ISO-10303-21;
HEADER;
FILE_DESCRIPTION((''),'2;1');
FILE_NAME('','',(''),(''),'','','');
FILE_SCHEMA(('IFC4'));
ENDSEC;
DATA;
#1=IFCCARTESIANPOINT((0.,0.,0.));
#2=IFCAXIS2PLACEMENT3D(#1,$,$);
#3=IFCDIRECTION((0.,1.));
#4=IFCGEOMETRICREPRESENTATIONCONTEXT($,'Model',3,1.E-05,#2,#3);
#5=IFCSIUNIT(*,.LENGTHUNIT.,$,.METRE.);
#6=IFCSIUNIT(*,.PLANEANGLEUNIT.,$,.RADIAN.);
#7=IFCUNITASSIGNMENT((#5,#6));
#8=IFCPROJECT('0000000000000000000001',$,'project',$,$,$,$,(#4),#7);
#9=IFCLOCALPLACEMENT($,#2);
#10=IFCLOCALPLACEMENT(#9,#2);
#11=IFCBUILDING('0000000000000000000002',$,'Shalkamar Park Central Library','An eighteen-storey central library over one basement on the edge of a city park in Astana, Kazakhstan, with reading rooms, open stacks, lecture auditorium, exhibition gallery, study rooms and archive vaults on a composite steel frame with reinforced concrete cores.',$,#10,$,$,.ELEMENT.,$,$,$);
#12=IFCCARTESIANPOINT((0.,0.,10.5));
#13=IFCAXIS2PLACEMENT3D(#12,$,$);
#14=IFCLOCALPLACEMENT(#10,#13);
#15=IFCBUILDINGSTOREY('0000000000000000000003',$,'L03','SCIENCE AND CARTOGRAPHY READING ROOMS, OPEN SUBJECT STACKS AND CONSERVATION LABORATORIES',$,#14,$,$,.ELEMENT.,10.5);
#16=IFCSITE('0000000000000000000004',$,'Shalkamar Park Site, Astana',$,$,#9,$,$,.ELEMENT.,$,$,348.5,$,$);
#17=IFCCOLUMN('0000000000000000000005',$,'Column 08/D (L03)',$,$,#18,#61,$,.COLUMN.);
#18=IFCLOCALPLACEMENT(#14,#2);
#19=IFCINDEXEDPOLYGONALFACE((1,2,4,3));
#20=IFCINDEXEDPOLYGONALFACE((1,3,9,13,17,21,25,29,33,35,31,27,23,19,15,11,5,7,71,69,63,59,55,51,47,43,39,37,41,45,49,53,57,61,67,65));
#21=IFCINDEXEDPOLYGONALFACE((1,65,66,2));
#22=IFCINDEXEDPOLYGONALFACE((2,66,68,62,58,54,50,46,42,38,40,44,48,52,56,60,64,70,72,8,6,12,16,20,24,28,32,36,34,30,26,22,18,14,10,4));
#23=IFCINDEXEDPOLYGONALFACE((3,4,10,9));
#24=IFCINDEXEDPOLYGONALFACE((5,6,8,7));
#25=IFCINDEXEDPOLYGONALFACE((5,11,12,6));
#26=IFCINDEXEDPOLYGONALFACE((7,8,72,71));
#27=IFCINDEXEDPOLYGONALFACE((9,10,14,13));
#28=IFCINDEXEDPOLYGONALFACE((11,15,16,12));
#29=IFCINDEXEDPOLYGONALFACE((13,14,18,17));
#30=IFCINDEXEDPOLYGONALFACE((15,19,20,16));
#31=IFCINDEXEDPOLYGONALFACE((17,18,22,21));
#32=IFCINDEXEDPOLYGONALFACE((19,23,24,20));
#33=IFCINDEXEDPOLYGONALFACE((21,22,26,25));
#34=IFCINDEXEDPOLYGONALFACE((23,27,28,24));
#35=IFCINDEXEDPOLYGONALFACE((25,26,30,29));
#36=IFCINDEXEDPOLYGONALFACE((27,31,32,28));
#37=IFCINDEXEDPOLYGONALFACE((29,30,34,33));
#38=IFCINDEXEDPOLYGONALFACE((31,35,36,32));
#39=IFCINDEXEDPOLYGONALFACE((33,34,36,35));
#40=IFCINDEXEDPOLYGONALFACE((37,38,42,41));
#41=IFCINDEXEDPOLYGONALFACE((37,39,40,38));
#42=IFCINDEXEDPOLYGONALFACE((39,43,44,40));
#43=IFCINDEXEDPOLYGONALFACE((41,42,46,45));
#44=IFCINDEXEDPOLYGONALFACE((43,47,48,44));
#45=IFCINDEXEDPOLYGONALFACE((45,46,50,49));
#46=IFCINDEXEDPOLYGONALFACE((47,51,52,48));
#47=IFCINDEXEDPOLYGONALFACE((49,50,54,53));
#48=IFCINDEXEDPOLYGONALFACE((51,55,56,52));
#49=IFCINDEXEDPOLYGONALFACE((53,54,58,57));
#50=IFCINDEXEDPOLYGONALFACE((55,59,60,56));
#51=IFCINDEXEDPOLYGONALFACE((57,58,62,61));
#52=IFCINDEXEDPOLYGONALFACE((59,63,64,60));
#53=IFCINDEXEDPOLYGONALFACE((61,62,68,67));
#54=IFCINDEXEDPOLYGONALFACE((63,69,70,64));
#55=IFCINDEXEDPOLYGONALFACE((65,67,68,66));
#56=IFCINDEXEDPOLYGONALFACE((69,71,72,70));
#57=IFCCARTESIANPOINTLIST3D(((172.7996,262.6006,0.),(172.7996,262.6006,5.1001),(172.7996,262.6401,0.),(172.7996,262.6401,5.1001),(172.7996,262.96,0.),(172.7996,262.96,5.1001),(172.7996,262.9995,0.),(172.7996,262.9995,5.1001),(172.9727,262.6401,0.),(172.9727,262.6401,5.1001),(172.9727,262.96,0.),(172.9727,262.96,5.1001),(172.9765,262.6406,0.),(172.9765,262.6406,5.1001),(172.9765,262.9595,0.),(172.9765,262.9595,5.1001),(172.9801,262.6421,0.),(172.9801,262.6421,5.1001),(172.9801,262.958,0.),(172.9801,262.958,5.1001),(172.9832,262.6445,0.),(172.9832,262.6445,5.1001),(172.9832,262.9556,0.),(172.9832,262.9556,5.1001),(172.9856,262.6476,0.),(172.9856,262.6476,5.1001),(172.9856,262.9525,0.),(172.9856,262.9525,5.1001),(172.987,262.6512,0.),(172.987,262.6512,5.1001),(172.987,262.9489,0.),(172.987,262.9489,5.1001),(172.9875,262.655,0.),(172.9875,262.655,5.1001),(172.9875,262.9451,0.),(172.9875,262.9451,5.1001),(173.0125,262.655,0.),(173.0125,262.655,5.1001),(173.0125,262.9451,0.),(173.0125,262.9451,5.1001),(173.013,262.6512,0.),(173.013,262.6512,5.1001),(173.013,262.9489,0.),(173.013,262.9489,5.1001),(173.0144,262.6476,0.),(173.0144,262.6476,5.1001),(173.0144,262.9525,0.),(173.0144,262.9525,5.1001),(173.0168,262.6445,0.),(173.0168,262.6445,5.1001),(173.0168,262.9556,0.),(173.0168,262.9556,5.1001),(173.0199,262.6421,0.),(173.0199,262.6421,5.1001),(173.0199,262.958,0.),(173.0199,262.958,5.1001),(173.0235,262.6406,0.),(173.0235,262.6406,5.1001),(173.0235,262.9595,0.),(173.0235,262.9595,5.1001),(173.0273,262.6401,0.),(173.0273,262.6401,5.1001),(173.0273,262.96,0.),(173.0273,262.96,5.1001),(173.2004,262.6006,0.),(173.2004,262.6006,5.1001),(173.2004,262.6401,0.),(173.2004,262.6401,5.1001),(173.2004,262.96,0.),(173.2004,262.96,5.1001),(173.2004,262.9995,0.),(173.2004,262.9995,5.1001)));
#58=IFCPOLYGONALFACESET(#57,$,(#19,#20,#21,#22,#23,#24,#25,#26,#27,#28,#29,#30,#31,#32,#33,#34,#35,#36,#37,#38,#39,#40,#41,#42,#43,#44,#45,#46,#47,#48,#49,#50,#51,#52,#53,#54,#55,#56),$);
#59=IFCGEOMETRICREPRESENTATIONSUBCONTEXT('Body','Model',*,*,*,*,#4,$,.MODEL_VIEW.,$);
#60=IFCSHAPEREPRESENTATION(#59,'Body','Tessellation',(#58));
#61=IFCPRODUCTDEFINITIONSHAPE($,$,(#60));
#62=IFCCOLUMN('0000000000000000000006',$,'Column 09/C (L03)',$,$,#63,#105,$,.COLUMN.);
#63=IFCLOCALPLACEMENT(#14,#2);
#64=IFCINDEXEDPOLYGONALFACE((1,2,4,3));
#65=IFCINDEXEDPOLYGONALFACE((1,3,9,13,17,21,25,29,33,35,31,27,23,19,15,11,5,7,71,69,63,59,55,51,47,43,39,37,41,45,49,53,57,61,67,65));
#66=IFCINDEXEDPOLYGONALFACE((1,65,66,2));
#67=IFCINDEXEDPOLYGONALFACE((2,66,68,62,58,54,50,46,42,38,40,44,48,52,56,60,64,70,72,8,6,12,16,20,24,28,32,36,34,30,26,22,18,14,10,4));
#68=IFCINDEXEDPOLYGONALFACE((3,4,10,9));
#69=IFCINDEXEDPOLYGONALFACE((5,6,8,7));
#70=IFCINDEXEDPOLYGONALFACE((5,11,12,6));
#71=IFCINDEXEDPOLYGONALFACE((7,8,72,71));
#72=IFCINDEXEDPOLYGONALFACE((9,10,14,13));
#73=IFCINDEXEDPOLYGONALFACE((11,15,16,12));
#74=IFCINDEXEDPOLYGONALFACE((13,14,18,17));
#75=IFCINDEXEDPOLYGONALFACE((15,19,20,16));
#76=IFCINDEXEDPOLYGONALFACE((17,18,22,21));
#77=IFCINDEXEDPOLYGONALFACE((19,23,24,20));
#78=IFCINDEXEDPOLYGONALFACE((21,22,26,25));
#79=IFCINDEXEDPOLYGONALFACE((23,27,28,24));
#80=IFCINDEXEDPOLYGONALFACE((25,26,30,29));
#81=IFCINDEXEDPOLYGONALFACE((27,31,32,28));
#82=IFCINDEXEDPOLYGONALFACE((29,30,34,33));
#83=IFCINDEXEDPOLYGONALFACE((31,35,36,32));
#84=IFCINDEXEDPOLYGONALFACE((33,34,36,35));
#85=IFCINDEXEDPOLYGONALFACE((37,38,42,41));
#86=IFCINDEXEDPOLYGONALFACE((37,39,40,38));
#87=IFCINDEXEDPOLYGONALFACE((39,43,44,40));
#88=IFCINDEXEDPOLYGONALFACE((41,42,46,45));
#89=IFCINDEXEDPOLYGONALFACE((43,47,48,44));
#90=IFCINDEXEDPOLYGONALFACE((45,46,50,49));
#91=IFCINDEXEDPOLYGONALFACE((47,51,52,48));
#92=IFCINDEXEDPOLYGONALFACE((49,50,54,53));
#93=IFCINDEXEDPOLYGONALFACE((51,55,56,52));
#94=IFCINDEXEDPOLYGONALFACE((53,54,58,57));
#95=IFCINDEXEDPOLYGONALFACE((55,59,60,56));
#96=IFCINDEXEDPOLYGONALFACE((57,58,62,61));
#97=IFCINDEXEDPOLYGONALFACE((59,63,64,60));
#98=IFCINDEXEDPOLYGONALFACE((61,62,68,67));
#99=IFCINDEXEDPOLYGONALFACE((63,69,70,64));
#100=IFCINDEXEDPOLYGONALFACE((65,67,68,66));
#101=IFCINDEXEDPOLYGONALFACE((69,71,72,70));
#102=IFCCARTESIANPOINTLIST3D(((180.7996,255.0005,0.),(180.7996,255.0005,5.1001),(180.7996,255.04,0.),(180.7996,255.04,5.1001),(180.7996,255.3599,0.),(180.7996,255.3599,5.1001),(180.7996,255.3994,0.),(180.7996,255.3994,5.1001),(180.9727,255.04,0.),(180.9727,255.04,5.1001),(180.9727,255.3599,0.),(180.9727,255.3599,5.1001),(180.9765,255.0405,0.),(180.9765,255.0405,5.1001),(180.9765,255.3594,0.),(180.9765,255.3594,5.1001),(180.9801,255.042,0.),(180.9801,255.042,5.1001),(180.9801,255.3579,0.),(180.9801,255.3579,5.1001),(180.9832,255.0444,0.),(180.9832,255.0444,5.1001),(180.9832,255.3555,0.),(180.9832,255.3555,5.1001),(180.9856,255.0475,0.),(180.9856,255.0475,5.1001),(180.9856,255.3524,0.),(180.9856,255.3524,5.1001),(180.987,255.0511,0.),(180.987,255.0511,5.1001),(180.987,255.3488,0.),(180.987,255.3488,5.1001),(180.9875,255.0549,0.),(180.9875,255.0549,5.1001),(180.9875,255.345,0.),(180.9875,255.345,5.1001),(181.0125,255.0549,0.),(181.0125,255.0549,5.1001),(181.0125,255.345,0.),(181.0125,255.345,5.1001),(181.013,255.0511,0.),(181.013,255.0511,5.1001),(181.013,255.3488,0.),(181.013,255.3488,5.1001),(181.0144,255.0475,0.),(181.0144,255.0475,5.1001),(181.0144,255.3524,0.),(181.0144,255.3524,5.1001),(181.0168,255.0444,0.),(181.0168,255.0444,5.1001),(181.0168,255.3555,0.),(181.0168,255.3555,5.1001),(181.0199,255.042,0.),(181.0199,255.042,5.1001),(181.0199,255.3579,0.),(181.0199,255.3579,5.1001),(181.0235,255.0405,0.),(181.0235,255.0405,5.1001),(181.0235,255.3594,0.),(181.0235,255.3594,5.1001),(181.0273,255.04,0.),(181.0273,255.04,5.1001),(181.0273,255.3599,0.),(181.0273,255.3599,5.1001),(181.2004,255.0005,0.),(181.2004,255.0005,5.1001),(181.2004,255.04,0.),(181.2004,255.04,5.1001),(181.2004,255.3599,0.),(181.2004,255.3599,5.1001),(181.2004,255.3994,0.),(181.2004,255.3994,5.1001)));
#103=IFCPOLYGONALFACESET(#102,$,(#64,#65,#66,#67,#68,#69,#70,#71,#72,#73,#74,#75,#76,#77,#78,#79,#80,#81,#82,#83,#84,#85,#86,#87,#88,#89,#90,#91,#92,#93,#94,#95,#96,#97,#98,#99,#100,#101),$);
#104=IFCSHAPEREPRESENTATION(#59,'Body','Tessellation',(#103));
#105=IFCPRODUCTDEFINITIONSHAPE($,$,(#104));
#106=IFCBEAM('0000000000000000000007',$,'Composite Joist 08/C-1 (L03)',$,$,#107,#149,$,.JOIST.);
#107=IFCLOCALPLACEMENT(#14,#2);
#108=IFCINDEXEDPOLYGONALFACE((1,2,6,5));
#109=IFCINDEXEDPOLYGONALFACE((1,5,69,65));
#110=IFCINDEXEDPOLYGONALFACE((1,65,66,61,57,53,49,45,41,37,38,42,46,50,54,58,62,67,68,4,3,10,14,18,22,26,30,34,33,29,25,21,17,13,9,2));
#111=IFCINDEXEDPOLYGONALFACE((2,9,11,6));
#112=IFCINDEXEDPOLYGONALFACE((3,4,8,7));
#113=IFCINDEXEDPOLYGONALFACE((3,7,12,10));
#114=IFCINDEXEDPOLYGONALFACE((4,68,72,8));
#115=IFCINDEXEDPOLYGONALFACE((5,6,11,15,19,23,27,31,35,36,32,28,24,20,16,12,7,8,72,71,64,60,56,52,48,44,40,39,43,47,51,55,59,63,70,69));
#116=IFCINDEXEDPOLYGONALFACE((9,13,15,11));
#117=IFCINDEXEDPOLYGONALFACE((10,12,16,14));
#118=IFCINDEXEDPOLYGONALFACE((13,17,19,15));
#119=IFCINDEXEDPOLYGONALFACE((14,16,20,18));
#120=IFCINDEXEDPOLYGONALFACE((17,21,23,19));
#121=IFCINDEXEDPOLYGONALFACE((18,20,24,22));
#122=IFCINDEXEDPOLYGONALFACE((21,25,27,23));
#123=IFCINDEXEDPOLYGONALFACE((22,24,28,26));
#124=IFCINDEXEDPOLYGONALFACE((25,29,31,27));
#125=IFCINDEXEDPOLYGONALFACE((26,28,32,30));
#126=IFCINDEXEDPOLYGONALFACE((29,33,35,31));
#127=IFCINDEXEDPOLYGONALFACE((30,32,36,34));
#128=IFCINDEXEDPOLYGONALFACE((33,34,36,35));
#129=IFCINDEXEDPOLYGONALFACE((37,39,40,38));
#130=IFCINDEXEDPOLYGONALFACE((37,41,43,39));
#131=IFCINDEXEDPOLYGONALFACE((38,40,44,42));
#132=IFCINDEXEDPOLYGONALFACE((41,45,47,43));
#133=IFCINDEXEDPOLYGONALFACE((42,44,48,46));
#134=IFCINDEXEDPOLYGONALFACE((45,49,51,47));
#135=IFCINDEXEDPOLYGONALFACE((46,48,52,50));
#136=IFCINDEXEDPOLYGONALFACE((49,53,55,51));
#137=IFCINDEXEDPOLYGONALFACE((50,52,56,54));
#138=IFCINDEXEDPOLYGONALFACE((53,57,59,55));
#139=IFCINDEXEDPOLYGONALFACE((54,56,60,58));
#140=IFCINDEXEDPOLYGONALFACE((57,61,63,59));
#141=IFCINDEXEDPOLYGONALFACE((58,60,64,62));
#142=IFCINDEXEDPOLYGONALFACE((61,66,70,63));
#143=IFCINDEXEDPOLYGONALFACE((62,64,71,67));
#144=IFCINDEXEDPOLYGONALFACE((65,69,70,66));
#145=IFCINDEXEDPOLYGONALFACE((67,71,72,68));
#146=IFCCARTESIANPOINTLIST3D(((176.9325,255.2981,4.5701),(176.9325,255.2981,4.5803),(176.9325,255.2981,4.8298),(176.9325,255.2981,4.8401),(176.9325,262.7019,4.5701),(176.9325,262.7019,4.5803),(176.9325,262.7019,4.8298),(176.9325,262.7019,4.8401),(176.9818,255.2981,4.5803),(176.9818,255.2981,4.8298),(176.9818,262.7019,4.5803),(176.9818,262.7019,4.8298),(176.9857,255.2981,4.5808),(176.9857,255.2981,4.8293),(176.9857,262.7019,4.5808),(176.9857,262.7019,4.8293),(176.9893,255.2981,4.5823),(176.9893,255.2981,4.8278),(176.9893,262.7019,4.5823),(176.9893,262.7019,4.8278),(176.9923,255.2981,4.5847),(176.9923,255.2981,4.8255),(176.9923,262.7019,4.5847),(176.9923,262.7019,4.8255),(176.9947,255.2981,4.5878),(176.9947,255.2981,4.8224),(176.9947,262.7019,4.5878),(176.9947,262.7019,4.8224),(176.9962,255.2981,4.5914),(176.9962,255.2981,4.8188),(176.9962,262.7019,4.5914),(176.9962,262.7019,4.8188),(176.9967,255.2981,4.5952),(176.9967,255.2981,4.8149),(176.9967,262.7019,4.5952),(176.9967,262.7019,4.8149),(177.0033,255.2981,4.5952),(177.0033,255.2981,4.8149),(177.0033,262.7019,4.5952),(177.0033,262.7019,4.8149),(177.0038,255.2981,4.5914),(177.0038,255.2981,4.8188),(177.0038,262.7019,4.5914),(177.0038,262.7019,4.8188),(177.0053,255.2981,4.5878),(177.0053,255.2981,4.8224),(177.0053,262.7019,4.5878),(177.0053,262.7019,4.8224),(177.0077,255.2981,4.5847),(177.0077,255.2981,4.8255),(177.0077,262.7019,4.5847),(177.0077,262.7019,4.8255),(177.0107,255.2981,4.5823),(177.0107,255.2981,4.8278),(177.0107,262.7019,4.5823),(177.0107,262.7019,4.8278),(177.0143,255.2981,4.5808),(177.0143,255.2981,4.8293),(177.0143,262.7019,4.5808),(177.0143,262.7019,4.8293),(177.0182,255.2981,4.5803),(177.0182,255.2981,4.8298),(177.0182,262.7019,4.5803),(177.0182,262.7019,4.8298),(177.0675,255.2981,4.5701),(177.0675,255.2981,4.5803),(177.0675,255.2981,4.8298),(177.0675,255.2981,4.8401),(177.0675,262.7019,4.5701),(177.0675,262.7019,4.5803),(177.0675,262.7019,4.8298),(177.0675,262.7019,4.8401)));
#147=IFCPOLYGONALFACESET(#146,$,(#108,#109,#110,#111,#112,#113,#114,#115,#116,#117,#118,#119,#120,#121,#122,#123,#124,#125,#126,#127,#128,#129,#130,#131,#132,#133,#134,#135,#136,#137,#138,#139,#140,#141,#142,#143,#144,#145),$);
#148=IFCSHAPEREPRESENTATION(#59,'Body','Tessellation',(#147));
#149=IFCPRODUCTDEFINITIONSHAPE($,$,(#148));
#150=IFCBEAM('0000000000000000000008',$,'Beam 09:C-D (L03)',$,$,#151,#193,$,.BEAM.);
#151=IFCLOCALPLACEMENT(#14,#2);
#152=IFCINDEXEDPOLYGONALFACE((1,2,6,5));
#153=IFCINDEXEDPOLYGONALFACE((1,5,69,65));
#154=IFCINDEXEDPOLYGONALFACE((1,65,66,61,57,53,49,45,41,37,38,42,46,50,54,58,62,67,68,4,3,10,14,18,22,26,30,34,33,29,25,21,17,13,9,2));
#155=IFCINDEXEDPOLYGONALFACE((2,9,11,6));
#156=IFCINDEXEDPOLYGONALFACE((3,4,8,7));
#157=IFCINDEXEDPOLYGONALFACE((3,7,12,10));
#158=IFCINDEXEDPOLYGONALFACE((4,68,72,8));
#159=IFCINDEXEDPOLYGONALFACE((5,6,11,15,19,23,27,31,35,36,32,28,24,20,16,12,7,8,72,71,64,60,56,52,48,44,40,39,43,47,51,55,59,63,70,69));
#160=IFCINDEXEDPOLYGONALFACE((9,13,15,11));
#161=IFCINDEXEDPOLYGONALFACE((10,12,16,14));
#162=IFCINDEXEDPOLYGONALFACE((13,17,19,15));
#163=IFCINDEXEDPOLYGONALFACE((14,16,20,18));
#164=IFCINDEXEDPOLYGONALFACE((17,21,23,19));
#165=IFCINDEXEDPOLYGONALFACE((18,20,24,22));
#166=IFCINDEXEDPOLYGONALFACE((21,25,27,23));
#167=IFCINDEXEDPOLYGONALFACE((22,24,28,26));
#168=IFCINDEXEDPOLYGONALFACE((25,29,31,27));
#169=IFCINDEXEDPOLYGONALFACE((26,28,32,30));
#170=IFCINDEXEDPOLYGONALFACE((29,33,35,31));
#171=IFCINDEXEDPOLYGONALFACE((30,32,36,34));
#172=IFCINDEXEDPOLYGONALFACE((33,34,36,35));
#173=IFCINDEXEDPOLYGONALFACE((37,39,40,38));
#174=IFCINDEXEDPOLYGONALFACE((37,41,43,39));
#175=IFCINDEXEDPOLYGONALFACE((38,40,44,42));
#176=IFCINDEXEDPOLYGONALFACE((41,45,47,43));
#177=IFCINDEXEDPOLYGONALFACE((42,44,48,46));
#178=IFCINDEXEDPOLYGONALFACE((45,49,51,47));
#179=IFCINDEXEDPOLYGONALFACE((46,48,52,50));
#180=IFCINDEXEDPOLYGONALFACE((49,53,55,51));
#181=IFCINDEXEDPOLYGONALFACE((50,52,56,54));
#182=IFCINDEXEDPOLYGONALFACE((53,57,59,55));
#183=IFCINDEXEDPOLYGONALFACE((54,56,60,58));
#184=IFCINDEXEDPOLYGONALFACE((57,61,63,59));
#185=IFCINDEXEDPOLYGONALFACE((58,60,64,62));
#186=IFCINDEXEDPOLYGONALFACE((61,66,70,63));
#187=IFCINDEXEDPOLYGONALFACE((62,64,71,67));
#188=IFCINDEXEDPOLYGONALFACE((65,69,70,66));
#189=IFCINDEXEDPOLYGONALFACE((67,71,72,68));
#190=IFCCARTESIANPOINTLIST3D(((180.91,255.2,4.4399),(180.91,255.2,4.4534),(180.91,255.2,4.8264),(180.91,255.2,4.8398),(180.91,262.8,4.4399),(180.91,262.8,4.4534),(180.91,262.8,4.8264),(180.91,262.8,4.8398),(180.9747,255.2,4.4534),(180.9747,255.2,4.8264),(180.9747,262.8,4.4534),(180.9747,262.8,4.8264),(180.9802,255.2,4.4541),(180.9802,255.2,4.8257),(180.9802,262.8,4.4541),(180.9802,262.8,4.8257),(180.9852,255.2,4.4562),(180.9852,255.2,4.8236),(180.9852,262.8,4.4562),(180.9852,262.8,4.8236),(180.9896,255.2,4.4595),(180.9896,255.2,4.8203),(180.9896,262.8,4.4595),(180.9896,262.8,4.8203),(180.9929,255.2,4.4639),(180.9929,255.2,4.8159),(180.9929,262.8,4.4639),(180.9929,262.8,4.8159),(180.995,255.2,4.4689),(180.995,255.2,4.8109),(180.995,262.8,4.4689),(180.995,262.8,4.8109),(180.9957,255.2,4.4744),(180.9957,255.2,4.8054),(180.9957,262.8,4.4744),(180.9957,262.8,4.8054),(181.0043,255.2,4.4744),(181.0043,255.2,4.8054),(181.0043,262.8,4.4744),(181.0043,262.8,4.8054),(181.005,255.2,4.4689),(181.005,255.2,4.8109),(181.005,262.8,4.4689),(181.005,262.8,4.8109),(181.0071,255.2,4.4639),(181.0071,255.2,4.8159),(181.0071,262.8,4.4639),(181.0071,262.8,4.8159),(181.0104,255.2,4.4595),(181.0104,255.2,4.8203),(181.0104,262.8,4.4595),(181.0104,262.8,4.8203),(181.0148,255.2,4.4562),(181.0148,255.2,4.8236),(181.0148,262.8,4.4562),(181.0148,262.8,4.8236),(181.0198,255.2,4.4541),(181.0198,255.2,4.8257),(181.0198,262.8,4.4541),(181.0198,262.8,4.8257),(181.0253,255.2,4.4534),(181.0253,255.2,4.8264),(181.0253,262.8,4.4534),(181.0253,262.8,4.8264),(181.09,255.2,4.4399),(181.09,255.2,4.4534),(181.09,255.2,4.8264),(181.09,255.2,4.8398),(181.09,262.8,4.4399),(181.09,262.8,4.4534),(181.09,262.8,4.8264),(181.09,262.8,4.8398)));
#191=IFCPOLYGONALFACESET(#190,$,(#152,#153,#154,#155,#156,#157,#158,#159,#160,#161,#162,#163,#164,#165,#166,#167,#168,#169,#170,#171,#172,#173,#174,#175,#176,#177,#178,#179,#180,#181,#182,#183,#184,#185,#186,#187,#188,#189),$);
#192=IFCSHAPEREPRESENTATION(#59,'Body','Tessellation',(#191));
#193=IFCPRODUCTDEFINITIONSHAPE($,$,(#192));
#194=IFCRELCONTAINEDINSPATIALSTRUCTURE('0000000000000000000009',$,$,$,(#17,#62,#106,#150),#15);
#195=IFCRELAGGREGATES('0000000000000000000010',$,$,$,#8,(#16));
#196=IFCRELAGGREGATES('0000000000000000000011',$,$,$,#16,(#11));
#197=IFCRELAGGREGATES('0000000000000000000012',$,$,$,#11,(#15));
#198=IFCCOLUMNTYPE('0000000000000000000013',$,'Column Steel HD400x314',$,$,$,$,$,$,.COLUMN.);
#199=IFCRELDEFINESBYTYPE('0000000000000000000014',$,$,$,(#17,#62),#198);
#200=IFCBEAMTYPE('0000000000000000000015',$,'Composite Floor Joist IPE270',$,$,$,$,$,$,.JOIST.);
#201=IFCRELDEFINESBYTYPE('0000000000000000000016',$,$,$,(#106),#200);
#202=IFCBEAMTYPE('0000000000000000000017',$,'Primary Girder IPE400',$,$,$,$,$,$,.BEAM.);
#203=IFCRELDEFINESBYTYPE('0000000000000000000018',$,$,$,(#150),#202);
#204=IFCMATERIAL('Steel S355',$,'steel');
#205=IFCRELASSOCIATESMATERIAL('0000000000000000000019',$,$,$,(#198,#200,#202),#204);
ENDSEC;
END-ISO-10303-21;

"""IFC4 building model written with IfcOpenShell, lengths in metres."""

from ifc_helpers import new_model, si_unit, direction, frame, origin, origin_2d, place, context, subcontext, project, spatial, i_section, extrude, material, material_profile, profile_set, type_object, element, save


model = new_model("IFC4")

# Units and contexts
model_context = context("Model", 3, precision=1e-05, world=origin(), true_north=direction((0.0, 1.0)))
body_context = subcontext(model_context, "Body", "Model", "MODEL_VIEW")
ifc_project = project(units=[si_unit("LENGTHUNIT", "METRE"), si_unit("PLANEANGLEUNIT", "RADIAN")], contexts=[model_context])

# Site, building, storey
site_placement = place(None, origin())
site = spatial("IfcSite", under=ifc_project, at=site_placement, Name="Shalkamar Park Site, Astana", CompositionType="ELEMENT", RefElevation=348.5)
building_placement = place(site_placement, origin())
building = spatial("IfcBuilding", under=site, at=building_placement, Name="Shalkamar Park Central Library", Description="An eighteen-storey central library over one basement on the edge of a city park in Astana, Kazakhstan, with reading rooms, open stacks, lecture auditorium, exhibition gallery, study rooms and archive vaults on a composite steel frame with reinforced concrete cores.", CompositionType="ELEMENT")
storey_placement = place(building_placement, frame((0.0, 0.0, 10.5)))
storey = spatial("IfcBuildingStorey", under=building, at=storey_placement, Name="L03", Description="SCIENCE AND CARTOGRAPHY READING ROOMS, OPEN SUBJECT STACKS AND CONSERVATION LABORATORIES", CompositionType="ELEMENT", Elevation=10.5)

# Columns
ifc_material_1 = material(Name="Steel S355", Category="steel")
ifc_material_profile_1 = material_profile(ifc_material_1, i_section(OverallWidth=0.4009, OverallDepth=0.3989, WebThickness=0.0249, FlangeThickness=0.0396, FilletRadius=0.0149, at=origin_2d()), Name="HD 400x314")
ifc_profile_set_1 = profile_set([ifc_material_profile_1], Name="Steel S355")
column_type = type_object("IfcColumnType", Name="Column Steel HD400x314", PredefinedType="COLUMN", material=ifc_profile_set_1)
for number, where, z_axis, x_axis, name in (
    (1, (173.0, 262.8, 0.0), (0.0, 0.0, 1.0), (1.0, 0.0, 0.0), "Column 08/D (L03)"),
    (2, (181.0, 255.2, 0.0), (0.0, 0.0, 1.0), (1.0, 0.0, 0.0), "Column 09/C (L03)"),
):
    element("IfcColumn", number, at=place(storey_placement, frame(where, z_axis=z_axis, x_axis=x_axis)), inside=storey, type_object=column_type, Name=name, PredefinedType="COLUMN", context=body_context, shape_type="SweptSolid", body=[
        extrude(i_section(OverallWidth=0.4009, OverallDepth=0.3989, WebThickness=0.0249, FlangeThickness=0.0396, FilletRadius=0.0149, at=origin_2d()), origin(), (0.0, 0.0, 1.0), 5.1001),
    ])

# Beams
ifc_material_profile_2 = material_profile(ifc_material_1, i_section(OverallWidth=0.135, OverallDepth=0.27, WebThickness=0.0066, FlangeThickness=0.0103, FilletRadius=0.0149, at=origin_2d()), Name="IPE 270")
ifc_profile_set_2 = profile_set([ifc_material_profile_2], Name="Steel S355")
beam_type_1 = type_object("IfcBeamType", Name="Composite Floor Joist IPE270", PredefinedType="JOIST", material=ifc_profile_set_2)
beam_1_placement = place(storey_placement, frame((177.0, 255.2981, 4.7051), z_axis=(0.0, 1.0, 0.0), x_axis=(-1.0, 0.0, 0.0)))
element("IfcBeam", 3, at=beam_1_placement, inside=storey, type_object=beam_type_1, Name="Composite Joist 08/C-1 (L03)", PredefinedType="JOIST", context=body_context, shape_type="SweptSolid", body=[
    extrude(i_section(OverallWidth=0.135, OverallDepth=0.27, WebThickness=0.0066, FlangeThickness=0.0103, FilletRadius=0.0149, at=origin_2d()), origin(), (0.0, 0.0, 1.0), 7.4038),
])
ifc_material_profile_3 = material_profile(ifc_material_1, i_section(OverallWidth=0.1799, OverallDepth=0.3999, WebThickness=0.0085, FlangeThickness=0.0134, FilletRadius=0.021, at=origin_2d()), Name="IPE 400")
ifc_profile_set_3 = profile_set([ifc_material_profile_3], Name="Steel S355")
beam_type_2 = type_object("IfcBeamType", Name="Primary Girder IPE400", PredefinedType="BEAM", material=ifc_profile_set_3)
beam_2_placement = place(storey_placement, frame((181.0, 255.2, 4.6399), z_axis=(0.0, 1.0, 0.0), x_axis=(-1.0, 0.0, 0.0)))
element("IfcBeam", 4, at=beam_2_placement, inside=storey, type_object=beam_type_2, Name="Beam 09:C-D (L03)", PredefinedType="BEAM", context=body_context, shape_type="SweptSolid", body=[
    extrude(i_section(OverallWidth=0.1799, OverallDepth=0.3999, WebThickness=0.0085, FlangeThickness=0.0134, FilletRadius=0.021, at=origin_2d()), origin(), (0.0, 0.0, 1.0), 7.6001),
])

save(model, "model.ifc")
